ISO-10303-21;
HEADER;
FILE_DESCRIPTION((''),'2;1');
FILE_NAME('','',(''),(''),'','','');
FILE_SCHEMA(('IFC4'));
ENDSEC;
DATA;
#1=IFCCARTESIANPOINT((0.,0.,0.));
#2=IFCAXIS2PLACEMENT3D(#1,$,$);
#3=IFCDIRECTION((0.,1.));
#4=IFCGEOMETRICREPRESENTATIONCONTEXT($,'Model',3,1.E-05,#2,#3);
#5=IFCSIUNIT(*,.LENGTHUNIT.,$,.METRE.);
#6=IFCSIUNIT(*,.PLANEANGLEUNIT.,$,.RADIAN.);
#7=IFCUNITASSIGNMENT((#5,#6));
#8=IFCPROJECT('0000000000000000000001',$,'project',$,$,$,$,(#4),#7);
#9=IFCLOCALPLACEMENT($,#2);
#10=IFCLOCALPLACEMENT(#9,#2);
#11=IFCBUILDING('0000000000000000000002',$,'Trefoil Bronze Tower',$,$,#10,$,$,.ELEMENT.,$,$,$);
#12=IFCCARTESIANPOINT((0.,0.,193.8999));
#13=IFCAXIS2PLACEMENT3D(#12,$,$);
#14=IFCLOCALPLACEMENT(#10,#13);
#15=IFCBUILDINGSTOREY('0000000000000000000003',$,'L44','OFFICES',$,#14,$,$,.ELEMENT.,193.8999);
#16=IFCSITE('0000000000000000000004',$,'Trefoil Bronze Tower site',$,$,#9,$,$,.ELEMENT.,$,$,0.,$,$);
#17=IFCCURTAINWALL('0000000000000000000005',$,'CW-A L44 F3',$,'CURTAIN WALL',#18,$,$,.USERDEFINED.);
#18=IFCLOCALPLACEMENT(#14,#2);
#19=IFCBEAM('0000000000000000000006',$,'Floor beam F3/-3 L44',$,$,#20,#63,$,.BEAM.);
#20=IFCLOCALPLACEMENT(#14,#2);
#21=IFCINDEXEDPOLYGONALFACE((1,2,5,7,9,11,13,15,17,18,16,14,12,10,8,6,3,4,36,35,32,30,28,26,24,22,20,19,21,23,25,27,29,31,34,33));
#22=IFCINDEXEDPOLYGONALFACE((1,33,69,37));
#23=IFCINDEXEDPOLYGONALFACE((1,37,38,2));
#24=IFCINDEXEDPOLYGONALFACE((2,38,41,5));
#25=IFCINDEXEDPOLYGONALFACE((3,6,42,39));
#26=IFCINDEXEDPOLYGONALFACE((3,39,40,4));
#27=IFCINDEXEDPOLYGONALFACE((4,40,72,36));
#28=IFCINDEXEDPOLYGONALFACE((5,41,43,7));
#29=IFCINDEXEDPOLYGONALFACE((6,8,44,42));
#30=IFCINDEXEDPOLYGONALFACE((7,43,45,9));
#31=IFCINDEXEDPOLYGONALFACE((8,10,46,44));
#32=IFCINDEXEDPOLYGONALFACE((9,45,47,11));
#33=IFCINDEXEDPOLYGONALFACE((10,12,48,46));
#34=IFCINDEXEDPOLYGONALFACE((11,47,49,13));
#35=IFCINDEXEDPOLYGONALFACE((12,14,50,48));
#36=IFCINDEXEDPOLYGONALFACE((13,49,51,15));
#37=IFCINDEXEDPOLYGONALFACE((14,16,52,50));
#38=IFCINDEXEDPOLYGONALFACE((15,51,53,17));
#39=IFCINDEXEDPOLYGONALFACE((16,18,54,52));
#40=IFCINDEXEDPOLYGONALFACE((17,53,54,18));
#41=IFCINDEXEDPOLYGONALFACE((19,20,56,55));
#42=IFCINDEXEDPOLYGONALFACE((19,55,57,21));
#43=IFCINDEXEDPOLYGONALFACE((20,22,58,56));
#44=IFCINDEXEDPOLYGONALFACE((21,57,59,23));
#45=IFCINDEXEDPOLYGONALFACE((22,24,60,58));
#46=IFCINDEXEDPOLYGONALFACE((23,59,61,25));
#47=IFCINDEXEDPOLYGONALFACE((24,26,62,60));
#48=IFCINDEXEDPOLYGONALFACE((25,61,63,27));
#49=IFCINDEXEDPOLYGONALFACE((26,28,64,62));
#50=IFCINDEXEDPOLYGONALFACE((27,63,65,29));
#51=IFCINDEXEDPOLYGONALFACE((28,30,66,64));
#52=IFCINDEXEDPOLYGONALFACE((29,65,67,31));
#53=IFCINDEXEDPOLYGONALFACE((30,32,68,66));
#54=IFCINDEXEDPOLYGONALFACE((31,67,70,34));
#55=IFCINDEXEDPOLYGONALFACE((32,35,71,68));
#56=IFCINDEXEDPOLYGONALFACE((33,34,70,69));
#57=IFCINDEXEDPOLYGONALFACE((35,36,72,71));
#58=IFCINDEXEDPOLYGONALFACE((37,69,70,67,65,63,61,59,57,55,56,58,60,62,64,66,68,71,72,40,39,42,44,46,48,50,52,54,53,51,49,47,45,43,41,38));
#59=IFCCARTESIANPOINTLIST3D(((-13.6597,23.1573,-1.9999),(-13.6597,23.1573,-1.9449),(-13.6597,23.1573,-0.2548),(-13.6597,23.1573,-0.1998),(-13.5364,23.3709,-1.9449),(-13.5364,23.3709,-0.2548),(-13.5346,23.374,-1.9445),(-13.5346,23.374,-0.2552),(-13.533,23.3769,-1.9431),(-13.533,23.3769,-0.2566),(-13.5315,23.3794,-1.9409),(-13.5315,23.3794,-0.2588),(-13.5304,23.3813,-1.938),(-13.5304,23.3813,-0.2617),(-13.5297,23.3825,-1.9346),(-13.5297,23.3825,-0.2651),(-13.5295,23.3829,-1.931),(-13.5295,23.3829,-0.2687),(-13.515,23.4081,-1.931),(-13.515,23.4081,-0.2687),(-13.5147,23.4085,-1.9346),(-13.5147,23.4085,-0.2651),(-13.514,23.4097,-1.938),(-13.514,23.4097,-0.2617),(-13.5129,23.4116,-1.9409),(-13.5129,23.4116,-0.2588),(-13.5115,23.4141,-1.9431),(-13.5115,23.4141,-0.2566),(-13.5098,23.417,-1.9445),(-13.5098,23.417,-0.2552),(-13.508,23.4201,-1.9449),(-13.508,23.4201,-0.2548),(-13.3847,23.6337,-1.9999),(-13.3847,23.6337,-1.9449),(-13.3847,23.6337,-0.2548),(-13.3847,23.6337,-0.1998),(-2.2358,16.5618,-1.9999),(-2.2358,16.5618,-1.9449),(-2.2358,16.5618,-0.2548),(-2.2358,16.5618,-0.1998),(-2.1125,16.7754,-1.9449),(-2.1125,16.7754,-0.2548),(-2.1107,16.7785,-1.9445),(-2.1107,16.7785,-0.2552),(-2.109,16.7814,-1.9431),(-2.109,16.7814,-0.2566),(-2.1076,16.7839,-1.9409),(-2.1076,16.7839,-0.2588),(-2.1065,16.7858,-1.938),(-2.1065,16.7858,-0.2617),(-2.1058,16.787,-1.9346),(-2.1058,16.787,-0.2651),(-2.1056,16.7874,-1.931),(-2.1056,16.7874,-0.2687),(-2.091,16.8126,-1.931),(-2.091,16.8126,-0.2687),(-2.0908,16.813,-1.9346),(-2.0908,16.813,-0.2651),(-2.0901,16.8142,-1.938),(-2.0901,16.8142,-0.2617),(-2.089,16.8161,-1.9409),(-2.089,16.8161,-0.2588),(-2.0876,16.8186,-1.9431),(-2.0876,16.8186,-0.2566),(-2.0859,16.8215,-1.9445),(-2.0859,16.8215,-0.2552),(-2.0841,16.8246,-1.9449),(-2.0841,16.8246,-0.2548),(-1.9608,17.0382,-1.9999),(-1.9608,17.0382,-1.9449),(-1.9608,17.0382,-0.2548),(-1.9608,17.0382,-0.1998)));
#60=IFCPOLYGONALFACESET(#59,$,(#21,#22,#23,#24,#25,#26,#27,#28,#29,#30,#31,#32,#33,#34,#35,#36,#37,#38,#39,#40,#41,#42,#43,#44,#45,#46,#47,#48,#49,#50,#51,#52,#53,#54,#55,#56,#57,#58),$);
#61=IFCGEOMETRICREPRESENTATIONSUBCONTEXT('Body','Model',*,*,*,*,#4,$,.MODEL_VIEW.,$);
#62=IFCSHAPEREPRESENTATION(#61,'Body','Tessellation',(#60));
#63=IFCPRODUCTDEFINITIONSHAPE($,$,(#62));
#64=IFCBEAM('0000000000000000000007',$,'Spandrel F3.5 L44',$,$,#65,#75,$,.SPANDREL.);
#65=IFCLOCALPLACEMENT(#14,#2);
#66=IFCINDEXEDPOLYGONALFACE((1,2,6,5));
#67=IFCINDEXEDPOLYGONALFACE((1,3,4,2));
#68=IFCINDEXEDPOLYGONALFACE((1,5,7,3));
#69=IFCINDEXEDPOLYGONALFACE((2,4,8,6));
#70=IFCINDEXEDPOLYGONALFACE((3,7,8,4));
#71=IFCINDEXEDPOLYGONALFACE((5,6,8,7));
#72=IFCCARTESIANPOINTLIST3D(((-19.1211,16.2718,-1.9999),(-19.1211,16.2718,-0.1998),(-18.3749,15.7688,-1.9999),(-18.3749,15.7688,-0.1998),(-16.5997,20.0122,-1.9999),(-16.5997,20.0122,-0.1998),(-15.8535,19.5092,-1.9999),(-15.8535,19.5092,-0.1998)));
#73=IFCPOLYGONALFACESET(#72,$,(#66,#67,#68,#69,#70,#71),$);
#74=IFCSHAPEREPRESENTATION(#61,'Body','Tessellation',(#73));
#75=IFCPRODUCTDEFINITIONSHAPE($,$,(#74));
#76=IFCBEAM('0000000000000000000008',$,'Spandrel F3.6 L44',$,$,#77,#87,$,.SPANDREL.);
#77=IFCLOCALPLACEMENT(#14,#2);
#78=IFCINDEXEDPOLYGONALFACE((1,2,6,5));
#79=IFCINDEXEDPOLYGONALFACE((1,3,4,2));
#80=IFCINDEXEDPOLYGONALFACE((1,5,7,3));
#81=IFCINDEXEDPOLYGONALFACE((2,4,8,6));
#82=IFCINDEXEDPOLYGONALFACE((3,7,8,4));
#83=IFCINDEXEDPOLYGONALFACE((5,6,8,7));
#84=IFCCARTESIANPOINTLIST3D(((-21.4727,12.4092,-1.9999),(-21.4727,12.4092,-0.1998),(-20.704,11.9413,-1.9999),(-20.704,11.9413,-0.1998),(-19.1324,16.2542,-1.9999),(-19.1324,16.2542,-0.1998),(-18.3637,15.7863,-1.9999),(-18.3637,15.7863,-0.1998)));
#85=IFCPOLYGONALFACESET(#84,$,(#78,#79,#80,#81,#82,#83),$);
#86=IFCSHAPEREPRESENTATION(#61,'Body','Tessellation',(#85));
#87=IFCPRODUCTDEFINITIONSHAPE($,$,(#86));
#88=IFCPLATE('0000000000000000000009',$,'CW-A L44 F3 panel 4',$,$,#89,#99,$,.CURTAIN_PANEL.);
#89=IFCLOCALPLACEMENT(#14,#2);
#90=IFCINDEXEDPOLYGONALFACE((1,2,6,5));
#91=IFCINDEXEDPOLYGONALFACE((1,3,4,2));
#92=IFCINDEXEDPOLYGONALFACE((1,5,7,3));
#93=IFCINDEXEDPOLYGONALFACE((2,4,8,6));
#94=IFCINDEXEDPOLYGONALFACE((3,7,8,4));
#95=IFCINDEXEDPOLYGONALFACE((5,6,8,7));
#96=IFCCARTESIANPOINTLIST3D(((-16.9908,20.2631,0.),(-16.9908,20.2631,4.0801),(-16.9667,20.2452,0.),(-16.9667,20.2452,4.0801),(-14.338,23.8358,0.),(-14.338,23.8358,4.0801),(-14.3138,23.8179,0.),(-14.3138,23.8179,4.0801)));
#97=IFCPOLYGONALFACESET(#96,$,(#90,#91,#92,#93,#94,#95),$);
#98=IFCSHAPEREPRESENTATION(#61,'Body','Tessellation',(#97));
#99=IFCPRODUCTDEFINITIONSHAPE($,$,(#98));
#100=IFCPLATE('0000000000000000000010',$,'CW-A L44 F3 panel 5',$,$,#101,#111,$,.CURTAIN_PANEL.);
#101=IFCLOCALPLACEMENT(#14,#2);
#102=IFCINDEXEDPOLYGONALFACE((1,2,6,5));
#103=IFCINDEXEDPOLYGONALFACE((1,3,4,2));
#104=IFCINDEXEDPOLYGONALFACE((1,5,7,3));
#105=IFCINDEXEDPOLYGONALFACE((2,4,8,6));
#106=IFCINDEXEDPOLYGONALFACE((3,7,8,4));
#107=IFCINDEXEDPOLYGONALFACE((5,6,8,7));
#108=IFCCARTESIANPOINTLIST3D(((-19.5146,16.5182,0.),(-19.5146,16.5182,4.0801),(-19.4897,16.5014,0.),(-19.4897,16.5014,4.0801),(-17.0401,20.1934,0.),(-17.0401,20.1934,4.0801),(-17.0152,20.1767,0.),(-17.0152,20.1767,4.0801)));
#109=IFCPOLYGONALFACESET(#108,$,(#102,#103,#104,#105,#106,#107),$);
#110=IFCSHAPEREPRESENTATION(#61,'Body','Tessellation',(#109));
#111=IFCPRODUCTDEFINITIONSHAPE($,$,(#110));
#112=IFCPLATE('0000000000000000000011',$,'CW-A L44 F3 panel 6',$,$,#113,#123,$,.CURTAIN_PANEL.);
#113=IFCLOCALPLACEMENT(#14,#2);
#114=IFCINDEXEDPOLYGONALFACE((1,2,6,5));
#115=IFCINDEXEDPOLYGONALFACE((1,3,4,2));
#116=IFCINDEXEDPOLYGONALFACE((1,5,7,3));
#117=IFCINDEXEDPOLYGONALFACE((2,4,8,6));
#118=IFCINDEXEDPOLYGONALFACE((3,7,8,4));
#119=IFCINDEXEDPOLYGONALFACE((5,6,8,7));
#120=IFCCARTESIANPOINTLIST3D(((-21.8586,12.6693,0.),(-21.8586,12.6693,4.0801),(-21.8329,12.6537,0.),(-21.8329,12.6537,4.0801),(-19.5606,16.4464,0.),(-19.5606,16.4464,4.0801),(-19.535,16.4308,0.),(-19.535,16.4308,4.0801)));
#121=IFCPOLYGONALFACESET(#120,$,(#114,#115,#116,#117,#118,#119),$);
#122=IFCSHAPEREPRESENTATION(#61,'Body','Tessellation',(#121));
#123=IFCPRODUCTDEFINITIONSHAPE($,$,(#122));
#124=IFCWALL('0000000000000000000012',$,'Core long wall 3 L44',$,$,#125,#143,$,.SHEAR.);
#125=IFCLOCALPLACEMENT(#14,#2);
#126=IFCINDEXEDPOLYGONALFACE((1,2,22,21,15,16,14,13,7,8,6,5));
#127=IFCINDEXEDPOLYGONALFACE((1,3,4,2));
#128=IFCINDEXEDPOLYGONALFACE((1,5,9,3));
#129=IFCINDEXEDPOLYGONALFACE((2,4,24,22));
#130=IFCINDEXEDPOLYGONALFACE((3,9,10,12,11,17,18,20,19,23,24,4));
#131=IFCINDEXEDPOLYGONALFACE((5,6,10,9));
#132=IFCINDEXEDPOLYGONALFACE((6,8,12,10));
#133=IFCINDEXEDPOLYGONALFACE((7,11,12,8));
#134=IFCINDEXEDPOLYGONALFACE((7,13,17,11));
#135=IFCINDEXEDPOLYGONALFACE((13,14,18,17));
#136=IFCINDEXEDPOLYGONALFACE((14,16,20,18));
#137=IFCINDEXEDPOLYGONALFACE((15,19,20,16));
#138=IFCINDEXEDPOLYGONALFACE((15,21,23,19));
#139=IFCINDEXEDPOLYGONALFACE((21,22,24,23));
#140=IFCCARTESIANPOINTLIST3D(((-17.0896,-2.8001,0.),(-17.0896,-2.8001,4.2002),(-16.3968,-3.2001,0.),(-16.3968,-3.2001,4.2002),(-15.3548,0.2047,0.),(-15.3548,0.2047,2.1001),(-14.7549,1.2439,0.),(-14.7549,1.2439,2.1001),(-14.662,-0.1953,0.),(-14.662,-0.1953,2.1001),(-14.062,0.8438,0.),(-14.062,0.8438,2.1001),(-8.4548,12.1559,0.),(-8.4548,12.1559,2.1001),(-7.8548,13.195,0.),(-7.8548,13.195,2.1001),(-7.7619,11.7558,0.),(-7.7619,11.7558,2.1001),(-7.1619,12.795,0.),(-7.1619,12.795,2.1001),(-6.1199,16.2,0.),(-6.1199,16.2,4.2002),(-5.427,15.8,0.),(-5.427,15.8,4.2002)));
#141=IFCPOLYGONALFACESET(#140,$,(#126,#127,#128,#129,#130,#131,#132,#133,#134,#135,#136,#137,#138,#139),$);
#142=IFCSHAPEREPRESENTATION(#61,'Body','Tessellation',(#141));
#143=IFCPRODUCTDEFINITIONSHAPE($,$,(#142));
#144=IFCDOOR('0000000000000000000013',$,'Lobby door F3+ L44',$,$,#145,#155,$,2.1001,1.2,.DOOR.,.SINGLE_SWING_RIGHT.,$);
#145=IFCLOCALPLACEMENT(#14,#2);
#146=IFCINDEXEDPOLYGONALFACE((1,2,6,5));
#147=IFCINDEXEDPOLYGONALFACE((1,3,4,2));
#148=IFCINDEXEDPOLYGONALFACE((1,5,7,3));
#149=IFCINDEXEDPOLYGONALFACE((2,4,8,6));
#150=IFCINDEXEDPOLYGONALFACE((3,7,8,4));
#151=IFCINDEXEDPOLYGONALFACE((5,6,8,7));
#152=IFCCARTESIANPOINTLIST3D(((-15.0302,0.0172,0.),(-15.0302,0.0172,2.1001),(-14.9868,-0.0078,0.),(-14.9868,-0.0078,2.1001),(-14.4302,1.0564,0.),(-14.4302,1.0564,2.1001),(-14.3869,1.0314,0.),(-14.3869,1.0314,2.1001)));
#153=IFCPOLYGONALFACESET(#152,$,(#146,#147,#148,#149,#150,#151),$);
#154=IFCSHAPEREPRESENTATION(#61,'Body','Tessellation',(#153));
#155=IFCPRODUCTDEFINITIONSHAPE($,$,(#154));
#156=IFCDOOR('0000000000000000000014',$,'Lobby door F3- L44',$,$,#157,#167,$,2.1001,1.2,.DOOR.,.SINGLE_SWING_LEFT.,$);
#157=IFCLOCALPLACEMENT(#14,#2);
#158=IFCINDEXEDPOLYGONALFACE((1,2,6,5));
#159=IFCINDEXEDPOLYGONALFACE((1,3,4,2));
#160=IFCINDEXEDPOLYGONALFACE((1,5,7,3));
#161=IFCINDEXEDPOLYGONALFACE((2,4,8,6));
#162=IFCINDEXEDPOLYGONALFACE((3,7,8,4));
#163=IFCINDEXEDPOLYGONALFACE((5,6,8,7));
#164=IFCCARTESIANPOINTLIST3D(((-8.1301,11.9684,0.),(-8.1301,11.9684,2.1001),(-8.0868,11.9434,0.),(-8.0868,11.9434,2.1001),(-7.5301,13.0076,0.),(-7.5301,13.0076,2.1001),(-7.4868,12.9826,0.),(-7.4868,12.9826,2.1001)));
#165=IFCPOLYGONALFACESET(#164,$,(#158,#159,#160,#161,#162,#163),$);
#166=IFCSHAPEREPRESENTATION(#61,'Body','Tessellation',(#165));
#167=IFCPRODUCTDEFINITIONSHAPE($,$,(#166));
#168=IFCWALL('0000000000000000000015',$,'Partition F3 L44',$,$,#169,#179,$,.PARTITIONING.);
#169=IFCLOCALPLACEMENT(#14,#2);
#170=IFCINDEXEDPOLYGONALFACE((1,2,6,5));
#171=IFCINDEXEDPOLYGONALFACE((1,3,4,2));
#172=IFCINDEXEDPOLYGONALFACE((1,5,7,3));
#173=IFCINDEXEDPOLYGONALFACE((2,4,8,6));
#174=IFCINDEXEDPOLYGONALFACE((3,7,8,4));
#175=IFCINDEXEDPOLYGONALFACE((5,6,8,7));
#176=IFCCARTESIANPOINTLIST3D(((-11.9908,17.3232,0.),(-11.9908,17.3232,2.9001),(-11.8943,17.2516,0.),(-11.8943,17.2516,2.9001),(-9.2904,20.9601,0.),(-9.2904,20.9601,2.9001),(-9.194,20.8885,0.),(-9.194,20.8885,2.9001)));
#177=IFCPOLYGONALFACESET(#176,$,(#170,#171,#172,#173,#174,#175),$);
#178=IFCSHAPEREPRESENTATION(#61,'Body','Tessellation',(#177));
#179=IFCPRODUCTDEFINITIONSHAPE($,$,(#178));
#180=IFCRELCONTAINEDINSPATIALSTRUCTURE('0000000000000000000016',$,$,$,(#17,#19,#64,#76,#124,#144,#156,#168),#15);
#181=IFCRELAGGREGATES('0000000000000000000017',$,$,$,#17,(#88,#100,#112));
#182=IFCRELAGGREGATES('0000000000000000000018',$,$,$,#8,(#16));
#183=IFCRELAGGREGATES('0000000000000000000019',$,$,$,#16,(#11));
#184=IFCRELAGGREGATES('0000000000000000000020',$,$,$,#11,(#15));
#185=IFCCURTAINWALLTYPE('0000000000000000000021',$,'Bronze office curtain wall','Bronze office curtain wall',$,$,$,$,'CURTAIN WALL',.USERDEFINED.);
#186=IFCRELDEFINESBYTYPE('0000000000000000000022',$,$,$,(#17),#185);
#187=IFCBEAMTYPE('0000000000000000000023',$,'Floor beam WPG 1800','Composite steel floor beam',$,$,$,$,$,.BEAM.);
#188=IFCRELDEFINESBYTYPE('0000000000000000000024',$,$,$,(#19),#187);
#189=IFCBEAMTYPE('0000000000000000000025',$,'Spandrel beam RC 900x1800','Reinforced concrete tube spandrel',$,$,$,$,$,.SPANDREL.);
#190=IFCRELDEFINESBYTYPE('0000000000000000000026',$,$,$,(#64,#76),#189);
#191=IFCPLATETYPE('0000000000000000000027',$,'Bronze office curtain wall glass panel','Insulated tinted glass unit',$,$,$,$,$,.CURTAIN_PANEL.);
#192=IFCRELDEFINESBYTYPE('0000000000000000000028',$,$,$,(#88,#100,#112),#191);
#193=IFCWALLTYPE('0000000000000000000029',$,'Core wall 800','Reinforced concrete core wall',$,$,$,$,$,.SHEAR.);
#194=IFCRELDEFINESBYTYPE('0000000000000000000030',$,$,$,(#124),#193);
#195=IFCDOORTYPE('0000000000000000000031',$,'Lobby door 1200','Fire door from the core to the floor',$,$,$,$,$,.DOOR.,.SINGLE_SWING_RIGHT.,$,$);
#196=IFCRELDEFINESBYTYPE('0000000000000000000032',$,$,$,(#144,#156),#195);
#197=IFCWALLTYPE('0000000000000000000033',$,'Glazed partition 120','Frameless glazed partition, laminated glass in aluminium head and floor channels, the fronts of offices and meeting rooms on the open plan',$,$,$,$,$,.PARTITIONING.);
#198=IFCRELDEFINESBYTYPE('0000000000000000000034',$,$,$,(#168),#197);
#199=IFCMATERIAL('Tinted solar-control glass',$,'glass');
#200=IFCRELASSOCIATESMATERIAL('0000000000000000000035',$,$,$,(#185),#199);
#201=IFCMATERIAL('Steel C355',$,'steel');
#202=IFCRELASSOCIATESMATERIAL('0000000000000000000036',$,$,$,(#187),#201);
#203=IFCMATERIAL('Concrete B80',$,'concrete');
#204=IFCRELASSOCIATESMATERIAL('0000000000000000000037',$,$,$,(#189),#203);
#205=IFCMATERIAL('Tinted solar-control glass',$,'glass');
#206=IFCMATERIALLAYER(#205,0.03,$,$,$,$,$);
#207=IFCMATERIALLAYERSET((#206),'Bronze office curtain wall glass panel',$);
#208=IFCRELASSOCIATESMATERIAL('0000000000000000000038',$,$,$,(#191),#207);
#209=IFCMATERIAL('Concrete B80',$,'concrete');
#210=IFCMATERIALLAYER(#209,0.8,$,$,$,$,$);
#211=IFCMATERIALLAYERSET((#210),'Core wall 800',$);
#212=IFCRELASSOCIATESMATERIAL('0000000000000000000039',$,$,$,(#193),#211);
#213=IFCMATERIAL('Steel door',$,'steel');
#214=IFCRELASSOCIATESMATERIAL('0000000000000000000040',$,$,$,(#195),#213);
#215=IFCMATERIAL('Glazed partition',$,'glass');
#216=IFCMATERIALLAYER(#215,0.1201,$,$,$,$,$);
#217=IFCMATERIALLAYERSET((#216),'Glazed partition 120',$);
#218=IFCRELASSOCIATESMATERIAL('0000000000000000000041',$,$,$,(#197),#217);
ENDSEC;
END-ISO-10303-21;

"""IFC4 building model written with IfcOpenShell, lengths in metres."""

from ifc_helpers import new_model, si_unit, direction, frame, frame_2d, origin, origin_2d, place, context, subcontext, project, spatial, rectangle, i_section, extrude, material, layer, layer_set, material_profile, profile_set, type_object, element, fill, aggregate, save


model = new_model("IFC4")

# Units and contexts
model_context = context("Model", 3, precision=1e-05, world=origin(), true_north=direction((0.0, 1.0)))
body_context = subcontext(model_context, "Body", "Model", "MODEL_VIEW")
ifc_project = project(units=[si_unit("LENGTHUNIT", "METRE"), si_unit("PLANEANGLEUNIT", "RADIAN")], contexts=[model_context])

# Site, building, storey
site_placement = place(None, origin())
site = spatial("IfcSite", under=ifc_project, at=site_placement, Name="Trefoil Bronze Tower site", CompositionType="ELEMENT", RefElevation=0.0)
building_placement = place(site_placement, origin())
building = spatial("IfcBuilding", under=site, at=building_placement, Name="Trefoil Bronze Tower", CompositionType="ELEMENT")
storey_placement = place(building_placement, frame((0.0, 0.0, 193.8999)))
storey = spatial("IfcBuildingStorey", under=building, at=storey_placement, Name="L44", Description="OFFICES", CompositionType="ELEMENT", Elevation=193.8999)

# Curtain wall
ifc_material_1 = material(Name="Tinted solar-control glass", Category="glass")
curtain_wall_type = type_object("IfcCurtainWallType", Name="Bronze office curtain wall", Description="Bronze office curtain wall", ElementType="CURTAIN WALL", PredefinedType="USERDEFINED", material=ifc_material_1)
curtain_wall_placement = place(storey_placement, origin())
curtain_wall = element("IfcCurtainWall", 1, at=curtain_wall_placement, inside=storey, type_object=curtain_wall_type, Name="CW-A L44 F3", ObjectType="CURTAIN WALL", PredefinedType="USERDEFINED")

# Beams
ifc_material_2 = material(Name="Steel C355", Category="steel")
ifc_material_profile_1 = material_profile(ifc_material_2, i_section(OverallWidth=0.55, OverallDepth=1.8, WebThickness=0.0291, FlangeThickness=0.0549, FilletRadius=0.0139, at=origin_2d()), Name="WPG 1800")
ifc_profile_set_1 = profile_set([ifc_material_profile_1], Name="Steel C355")
beam_type_1 = type_object("IfcBeamType", Name="Floor beam WPG 1800", Description="Composite steel floor beam", PredefinedType="BEAM", material=ifc_profile_set_1)
beam_1_placement = place(storey_placement, frame((-13.5222, 23.3955, -1.0999), z_axis=(0.866028, -0.499995, 0.0), x_axis=(0.499995, 0.866028, 0.0)))
element("IfcBeam", 2, at=beam_1_placement, inside=storey, type_object=beam_type_1, Name="Floor beam F3/-3 L44", PredefinedType="BEAM", context=body_context, shape_type="SweptSolid", body=[
    extrude(i_section(OverallWidth=0.55, OverallDepth=1.8, WebThickness=0.0291, FlangeThickness=0.0549, FilletRadius=0.0139, at=origin_2d()), origin(), (0.0, 0.0, 1.0), 13.1912),
])
ifc_material_3 = material(Name="Concrete B80", Category="concrete")
ifc_material_profile_2 = material_profile(ifc_material_3, rectangle(XDim=0.8999, YDim=1.8, at=origin_2d()), Name="RC 900x1800")
ifc_profile_set_2 = profile_set([ifc_material_profile_2], Name="Concrete B80")
beam_type_2 = type_object("IfcBeamType", Name="Spandrel beam RC 900x1800", Description="Reinforced concrete tube spandrel", PredefinedType="SPANDREL", material=ifc_profile_set_2)
beam_2_placement = place(storey_placement, frame((-16.2266, 19.7607, -1.0999), z_axis=(-0.558964, -0.829192, 0.0), x_axis=(0.829192, -0.558964, 0.0)))
element("IfcBeam", 3, at=beam_2_placement, inside=storey, type_object=beam_type_2, Name="Spandrel F3.5 L44", PredefinedType="SPANDREL", context=body_context, shape_type="SweptSolid", body=[
    extrude(rectangle(XDim=0.8999, YDim=1.8, at=origin_2d()), origin(), (0.0, 0.0, 1.0), 4.511),
])
beam_3_placement = place(storey_placement, frame((-18.748, 16.0203, -1.0999), z_axis=(-0.519933, -0.854207, 0.0), x_axis=(0.854207, -0.519933, 0.0)))
element("IfcBeam", 4, at=beam_3_placement, inside=storey, type_object=beam_type_2, Name="Spandrel F3.6 L44", PredefinedType="SPANDREL", context=body_context, shape_type="SweptSolid", body=[
    extrude(rectangle(XDim=0.8999, YDim=1.8, at=origin_2d()), origin(), (0.0, 0.0, 1.0), 4.5012),
])

# Plates
ifc_material_4 = material(Name="Tinted solar-control glass", Category="glass")
ifc_layer_1 = layer(ifc_material_4, 0.03)
ifc_layer_set_1 = layer_set([ifc_layer_1], Name="Bronze office curtain wall glass panel")
plate_type = type_object("IfcPlateType", Name="Bronze office curtain wall glass panel", Description="Insulated tinted glass unit", PredefinedType="CURTAIN_PANEL", material=ifc_layer_set_1)
plate_1_placement = place(storey_placement, frame((-15.6523, 22.0405, 0.0), z_axis=(0.0, 0.0, 1.0), x_axis=(-0.596162, -0.802865, 0.0)))
plate_1 = element("IfcPlate", 5, at=plate_1_placement, type_object=plate_type, Name="CW-A L44 F3 panel 4", PredefinedType="CURTAIN_PANEL", context=body_context, shape_type="SweptSolid", body=[
    extrude(rectangle(XDim=4.45, YDim=0.03, at=origin_2d()), origin(), (0.0, 0.0, 1.0), 4.0801),
])
plate_2_placement = place(storey_placement, frame((-18.2649, 18.3474, 0.0), z_axis=(0.0, 0.0, 1.0), x_axis=(-0.558493, -0.829509, 0.0)))
plate_2 = element("IfcPlate", 6, at=plate_2_placement, type_object=plate_type, Name="CW-A L44 F3 panel 5", PredefinedType="CURTAIN_PANEL", context=body_context, shape_type="SweptSolid", body=[
    extrude(rectangle(XDim=4.4307, YDim=0.03, at=origin_2d()), origin(), (0.0, 0.0, 1.0), 4.0801),
])
plate_3_placement = place(storey_placement, frame((-20.6968, 14.55, 0.0), z_axis=(0.0, 0.0, 1.0), x_axis=(-0.519762, -0.854311, 0.0)))
plate_3 = element("IfcPlate", 7, at=plate_3_placement, type_object=plate_type, Name="CW-A L44 F3 panel 6", PredefinedType="CURTAIN_PANEL", context=body_context, shape_type="SweptSolid", body=[
    extrude(rectangle(XDim=4.4211, YDim=0.03, at=origin_2d()), origin(), (0.0, 0.0, 1.0), 4.0801),
])
aggregate(curtain_wall, [plate_1, plate_2, plate_3])

# Wall, openings, doors
ifc_material_5 = material(Name="Concrete B80", Category="concrete")
ifc_layer_2 = layer(ifc_material_5, 0.8)
ifc_layer_set_2 = layer_set([ifc_layer_2], Name="Core wall 800")
wall_type_1 = type_object("IfcWallType", Name="Core wall 800", Description="Reinforced concrete core wall", PredefinedType="SHEAR", material=ifc_layer_set_2)
wall_1_placement = place(storey_placement, frame((-5.7734, 16.0, 0.0), z_axis=(0.0, 0.0, 1.0), x_axis=(-0.500002, -0.866024, 0.0)))
wall_1 = element("IfcWall", 8, at=wall_1_placement, inside=storey, type_object=wall_type_1, Name="Core long wall 3 L44", PredefinedType="SHEAR", context=body_context, shape_type="SweptSolid", body=[
    extrude(rectangle(XDim=21.9395, YDim=0.8, at=frame_2d((10.9697, 0.0))), origin(), (0.0, 0.0, 1.0), 4.2002),
])
opening_1_placement = place(wall_1_placement, frame((17.2698, 0.0, 0.0)))
opening_1 = element("IfcOpeningElement", 9, at=opening_1_placement, cuts=wall_1, PredefinedType="OPENING", context=body_context, shape_type="SweptSolid", body=[
    extrude(rectangle(XDim=1.2, YDim=2.1001, at=frame_2d((0.6001, 1.05))), frame((0.0, 0.4099, 0.0), z_axis=(0.0, -1.0, 0.0), x_axis=(1.0, 0.0, 0.0)), (0.0, 0.0, 1.0), 0.8201),
])
opening_2_placement = place(wall_1_placement, frame((3.4697, 0.0, 0.0)))
opening_2 = element("IfcOpeningElement", 10, at=opening_2_placement, cuts=wall_1, PredefinedType="OPENING", context=body_context, shape_type="SweptSolid", body=[
    extrude(rectangle(XDim=1.2, YDim=2.1001, at=frame_2d((0.6001, 1.05))), frame((0.0, 0.4099, 0.0), z_axis=(0.0, -1.0, 0.0), x_axis=(1.0, 0.0, 0.0)), (0.0, 0.0, 1.0), 0.8201),
])
ifc_material_6 = material(Name="Steel door", Category="steel")
door_type_1 = type_object("IfcDoorType", Name="Lobby door 1200", Description="Fire door from the core to the floor", OperationType="SINGLE_SWING_RIGHT", PredefinedType="DOOR", material=ifc_material_6)
door_1_placement = place(opening_1_placement, origin())
door_1 = element("IfcDoor", 11, at=door_1_placement, inside=storey, type_object=door_type_1, Name="Lobby door F3+ L44", OperationType="SINGLE_SWING_RIGHT", OverallHeight=2.1001, OverallWidth=1.2, PredefinedType="DOOR", context=body_context, shape_type="SweptSolid", body=[
    extrude(rectangle(XDim=1.2, YDim=2.1001, at=frame_2d((0.6001, 1.05))), frame((0.0, 0.0249, 0.0), z_axis=(0.0, -1.0, 0.0), x_axis=(1.0, 0.0, 0.0)), (0.0, 0.0, 1.0), 0.05),
])
fill(opening_1, door_1)
door_2_placement = place(opening_2_placement, origin())
door_2 = element("IfcDoor", 12, at=door_2_placement, inside=storey, type_object=door_type_1, Name="Lobby door F3- L44", OperationType="SINGLE_SWING_LEFT", OverallHeight=2.1001, OverallWidth=1.2, PredefinedType="DOOR", context=body_context, shape_type="SweptSolid", body=[
    extrude(rectangle(XDim=1.2, YDim=2.1001, at=frame_2d((0.6001, 1.05))), frame((0.0, 0.0249, 0.0), z_axis=(0.0, -1.0, 0.0), x_axis=(1.0, 0.0, 0.0)), (0.0, 0.0, 1.0), 0.05),
])
fill(opening_2, door_2)

# Wall
ifc_material_7 = material(Name="Glazed partition", Category="glass")
ifc_layer_3 = layer(ifc_material_7, 0.1201)
ifc_layer_set_3 = layer_set([ifc_layer_3], Name="Glazed partition 120")
wall_type_2 = type_object("IfcWallType", Name="Glazed partition 120", Description="Frameless glazed partition, laminated glass in aluminium head and floor channels, the fronts of offices and meeting rooms on the open plan", PredefinedType="PARTITIONING", material=ifc_layer_set_3)
wall_2_placement = place(storey_placement, frame((-9.2422, 20.9243, 0.0), z_axis=(0.0, 0.0, 1.0), x_axis=(-0.596138, -0.802882, 0.0)))
element("IfcWall", 13, at=wall_2_placement, inside=storey, type_object=wall_type_2, Name="Partition F3 L44", PredefinedType="PARTITIONING", context=body_context, shape_type="SweptSolid", body=[
    extrude(rectangle(XDim=4.5298, YDim=0.1201, at=frame_2d((2.2649, 0.0))), origin(), (0.0, 0.0, 1.0), 2.9001),
])

save(model, "model.ifc")
